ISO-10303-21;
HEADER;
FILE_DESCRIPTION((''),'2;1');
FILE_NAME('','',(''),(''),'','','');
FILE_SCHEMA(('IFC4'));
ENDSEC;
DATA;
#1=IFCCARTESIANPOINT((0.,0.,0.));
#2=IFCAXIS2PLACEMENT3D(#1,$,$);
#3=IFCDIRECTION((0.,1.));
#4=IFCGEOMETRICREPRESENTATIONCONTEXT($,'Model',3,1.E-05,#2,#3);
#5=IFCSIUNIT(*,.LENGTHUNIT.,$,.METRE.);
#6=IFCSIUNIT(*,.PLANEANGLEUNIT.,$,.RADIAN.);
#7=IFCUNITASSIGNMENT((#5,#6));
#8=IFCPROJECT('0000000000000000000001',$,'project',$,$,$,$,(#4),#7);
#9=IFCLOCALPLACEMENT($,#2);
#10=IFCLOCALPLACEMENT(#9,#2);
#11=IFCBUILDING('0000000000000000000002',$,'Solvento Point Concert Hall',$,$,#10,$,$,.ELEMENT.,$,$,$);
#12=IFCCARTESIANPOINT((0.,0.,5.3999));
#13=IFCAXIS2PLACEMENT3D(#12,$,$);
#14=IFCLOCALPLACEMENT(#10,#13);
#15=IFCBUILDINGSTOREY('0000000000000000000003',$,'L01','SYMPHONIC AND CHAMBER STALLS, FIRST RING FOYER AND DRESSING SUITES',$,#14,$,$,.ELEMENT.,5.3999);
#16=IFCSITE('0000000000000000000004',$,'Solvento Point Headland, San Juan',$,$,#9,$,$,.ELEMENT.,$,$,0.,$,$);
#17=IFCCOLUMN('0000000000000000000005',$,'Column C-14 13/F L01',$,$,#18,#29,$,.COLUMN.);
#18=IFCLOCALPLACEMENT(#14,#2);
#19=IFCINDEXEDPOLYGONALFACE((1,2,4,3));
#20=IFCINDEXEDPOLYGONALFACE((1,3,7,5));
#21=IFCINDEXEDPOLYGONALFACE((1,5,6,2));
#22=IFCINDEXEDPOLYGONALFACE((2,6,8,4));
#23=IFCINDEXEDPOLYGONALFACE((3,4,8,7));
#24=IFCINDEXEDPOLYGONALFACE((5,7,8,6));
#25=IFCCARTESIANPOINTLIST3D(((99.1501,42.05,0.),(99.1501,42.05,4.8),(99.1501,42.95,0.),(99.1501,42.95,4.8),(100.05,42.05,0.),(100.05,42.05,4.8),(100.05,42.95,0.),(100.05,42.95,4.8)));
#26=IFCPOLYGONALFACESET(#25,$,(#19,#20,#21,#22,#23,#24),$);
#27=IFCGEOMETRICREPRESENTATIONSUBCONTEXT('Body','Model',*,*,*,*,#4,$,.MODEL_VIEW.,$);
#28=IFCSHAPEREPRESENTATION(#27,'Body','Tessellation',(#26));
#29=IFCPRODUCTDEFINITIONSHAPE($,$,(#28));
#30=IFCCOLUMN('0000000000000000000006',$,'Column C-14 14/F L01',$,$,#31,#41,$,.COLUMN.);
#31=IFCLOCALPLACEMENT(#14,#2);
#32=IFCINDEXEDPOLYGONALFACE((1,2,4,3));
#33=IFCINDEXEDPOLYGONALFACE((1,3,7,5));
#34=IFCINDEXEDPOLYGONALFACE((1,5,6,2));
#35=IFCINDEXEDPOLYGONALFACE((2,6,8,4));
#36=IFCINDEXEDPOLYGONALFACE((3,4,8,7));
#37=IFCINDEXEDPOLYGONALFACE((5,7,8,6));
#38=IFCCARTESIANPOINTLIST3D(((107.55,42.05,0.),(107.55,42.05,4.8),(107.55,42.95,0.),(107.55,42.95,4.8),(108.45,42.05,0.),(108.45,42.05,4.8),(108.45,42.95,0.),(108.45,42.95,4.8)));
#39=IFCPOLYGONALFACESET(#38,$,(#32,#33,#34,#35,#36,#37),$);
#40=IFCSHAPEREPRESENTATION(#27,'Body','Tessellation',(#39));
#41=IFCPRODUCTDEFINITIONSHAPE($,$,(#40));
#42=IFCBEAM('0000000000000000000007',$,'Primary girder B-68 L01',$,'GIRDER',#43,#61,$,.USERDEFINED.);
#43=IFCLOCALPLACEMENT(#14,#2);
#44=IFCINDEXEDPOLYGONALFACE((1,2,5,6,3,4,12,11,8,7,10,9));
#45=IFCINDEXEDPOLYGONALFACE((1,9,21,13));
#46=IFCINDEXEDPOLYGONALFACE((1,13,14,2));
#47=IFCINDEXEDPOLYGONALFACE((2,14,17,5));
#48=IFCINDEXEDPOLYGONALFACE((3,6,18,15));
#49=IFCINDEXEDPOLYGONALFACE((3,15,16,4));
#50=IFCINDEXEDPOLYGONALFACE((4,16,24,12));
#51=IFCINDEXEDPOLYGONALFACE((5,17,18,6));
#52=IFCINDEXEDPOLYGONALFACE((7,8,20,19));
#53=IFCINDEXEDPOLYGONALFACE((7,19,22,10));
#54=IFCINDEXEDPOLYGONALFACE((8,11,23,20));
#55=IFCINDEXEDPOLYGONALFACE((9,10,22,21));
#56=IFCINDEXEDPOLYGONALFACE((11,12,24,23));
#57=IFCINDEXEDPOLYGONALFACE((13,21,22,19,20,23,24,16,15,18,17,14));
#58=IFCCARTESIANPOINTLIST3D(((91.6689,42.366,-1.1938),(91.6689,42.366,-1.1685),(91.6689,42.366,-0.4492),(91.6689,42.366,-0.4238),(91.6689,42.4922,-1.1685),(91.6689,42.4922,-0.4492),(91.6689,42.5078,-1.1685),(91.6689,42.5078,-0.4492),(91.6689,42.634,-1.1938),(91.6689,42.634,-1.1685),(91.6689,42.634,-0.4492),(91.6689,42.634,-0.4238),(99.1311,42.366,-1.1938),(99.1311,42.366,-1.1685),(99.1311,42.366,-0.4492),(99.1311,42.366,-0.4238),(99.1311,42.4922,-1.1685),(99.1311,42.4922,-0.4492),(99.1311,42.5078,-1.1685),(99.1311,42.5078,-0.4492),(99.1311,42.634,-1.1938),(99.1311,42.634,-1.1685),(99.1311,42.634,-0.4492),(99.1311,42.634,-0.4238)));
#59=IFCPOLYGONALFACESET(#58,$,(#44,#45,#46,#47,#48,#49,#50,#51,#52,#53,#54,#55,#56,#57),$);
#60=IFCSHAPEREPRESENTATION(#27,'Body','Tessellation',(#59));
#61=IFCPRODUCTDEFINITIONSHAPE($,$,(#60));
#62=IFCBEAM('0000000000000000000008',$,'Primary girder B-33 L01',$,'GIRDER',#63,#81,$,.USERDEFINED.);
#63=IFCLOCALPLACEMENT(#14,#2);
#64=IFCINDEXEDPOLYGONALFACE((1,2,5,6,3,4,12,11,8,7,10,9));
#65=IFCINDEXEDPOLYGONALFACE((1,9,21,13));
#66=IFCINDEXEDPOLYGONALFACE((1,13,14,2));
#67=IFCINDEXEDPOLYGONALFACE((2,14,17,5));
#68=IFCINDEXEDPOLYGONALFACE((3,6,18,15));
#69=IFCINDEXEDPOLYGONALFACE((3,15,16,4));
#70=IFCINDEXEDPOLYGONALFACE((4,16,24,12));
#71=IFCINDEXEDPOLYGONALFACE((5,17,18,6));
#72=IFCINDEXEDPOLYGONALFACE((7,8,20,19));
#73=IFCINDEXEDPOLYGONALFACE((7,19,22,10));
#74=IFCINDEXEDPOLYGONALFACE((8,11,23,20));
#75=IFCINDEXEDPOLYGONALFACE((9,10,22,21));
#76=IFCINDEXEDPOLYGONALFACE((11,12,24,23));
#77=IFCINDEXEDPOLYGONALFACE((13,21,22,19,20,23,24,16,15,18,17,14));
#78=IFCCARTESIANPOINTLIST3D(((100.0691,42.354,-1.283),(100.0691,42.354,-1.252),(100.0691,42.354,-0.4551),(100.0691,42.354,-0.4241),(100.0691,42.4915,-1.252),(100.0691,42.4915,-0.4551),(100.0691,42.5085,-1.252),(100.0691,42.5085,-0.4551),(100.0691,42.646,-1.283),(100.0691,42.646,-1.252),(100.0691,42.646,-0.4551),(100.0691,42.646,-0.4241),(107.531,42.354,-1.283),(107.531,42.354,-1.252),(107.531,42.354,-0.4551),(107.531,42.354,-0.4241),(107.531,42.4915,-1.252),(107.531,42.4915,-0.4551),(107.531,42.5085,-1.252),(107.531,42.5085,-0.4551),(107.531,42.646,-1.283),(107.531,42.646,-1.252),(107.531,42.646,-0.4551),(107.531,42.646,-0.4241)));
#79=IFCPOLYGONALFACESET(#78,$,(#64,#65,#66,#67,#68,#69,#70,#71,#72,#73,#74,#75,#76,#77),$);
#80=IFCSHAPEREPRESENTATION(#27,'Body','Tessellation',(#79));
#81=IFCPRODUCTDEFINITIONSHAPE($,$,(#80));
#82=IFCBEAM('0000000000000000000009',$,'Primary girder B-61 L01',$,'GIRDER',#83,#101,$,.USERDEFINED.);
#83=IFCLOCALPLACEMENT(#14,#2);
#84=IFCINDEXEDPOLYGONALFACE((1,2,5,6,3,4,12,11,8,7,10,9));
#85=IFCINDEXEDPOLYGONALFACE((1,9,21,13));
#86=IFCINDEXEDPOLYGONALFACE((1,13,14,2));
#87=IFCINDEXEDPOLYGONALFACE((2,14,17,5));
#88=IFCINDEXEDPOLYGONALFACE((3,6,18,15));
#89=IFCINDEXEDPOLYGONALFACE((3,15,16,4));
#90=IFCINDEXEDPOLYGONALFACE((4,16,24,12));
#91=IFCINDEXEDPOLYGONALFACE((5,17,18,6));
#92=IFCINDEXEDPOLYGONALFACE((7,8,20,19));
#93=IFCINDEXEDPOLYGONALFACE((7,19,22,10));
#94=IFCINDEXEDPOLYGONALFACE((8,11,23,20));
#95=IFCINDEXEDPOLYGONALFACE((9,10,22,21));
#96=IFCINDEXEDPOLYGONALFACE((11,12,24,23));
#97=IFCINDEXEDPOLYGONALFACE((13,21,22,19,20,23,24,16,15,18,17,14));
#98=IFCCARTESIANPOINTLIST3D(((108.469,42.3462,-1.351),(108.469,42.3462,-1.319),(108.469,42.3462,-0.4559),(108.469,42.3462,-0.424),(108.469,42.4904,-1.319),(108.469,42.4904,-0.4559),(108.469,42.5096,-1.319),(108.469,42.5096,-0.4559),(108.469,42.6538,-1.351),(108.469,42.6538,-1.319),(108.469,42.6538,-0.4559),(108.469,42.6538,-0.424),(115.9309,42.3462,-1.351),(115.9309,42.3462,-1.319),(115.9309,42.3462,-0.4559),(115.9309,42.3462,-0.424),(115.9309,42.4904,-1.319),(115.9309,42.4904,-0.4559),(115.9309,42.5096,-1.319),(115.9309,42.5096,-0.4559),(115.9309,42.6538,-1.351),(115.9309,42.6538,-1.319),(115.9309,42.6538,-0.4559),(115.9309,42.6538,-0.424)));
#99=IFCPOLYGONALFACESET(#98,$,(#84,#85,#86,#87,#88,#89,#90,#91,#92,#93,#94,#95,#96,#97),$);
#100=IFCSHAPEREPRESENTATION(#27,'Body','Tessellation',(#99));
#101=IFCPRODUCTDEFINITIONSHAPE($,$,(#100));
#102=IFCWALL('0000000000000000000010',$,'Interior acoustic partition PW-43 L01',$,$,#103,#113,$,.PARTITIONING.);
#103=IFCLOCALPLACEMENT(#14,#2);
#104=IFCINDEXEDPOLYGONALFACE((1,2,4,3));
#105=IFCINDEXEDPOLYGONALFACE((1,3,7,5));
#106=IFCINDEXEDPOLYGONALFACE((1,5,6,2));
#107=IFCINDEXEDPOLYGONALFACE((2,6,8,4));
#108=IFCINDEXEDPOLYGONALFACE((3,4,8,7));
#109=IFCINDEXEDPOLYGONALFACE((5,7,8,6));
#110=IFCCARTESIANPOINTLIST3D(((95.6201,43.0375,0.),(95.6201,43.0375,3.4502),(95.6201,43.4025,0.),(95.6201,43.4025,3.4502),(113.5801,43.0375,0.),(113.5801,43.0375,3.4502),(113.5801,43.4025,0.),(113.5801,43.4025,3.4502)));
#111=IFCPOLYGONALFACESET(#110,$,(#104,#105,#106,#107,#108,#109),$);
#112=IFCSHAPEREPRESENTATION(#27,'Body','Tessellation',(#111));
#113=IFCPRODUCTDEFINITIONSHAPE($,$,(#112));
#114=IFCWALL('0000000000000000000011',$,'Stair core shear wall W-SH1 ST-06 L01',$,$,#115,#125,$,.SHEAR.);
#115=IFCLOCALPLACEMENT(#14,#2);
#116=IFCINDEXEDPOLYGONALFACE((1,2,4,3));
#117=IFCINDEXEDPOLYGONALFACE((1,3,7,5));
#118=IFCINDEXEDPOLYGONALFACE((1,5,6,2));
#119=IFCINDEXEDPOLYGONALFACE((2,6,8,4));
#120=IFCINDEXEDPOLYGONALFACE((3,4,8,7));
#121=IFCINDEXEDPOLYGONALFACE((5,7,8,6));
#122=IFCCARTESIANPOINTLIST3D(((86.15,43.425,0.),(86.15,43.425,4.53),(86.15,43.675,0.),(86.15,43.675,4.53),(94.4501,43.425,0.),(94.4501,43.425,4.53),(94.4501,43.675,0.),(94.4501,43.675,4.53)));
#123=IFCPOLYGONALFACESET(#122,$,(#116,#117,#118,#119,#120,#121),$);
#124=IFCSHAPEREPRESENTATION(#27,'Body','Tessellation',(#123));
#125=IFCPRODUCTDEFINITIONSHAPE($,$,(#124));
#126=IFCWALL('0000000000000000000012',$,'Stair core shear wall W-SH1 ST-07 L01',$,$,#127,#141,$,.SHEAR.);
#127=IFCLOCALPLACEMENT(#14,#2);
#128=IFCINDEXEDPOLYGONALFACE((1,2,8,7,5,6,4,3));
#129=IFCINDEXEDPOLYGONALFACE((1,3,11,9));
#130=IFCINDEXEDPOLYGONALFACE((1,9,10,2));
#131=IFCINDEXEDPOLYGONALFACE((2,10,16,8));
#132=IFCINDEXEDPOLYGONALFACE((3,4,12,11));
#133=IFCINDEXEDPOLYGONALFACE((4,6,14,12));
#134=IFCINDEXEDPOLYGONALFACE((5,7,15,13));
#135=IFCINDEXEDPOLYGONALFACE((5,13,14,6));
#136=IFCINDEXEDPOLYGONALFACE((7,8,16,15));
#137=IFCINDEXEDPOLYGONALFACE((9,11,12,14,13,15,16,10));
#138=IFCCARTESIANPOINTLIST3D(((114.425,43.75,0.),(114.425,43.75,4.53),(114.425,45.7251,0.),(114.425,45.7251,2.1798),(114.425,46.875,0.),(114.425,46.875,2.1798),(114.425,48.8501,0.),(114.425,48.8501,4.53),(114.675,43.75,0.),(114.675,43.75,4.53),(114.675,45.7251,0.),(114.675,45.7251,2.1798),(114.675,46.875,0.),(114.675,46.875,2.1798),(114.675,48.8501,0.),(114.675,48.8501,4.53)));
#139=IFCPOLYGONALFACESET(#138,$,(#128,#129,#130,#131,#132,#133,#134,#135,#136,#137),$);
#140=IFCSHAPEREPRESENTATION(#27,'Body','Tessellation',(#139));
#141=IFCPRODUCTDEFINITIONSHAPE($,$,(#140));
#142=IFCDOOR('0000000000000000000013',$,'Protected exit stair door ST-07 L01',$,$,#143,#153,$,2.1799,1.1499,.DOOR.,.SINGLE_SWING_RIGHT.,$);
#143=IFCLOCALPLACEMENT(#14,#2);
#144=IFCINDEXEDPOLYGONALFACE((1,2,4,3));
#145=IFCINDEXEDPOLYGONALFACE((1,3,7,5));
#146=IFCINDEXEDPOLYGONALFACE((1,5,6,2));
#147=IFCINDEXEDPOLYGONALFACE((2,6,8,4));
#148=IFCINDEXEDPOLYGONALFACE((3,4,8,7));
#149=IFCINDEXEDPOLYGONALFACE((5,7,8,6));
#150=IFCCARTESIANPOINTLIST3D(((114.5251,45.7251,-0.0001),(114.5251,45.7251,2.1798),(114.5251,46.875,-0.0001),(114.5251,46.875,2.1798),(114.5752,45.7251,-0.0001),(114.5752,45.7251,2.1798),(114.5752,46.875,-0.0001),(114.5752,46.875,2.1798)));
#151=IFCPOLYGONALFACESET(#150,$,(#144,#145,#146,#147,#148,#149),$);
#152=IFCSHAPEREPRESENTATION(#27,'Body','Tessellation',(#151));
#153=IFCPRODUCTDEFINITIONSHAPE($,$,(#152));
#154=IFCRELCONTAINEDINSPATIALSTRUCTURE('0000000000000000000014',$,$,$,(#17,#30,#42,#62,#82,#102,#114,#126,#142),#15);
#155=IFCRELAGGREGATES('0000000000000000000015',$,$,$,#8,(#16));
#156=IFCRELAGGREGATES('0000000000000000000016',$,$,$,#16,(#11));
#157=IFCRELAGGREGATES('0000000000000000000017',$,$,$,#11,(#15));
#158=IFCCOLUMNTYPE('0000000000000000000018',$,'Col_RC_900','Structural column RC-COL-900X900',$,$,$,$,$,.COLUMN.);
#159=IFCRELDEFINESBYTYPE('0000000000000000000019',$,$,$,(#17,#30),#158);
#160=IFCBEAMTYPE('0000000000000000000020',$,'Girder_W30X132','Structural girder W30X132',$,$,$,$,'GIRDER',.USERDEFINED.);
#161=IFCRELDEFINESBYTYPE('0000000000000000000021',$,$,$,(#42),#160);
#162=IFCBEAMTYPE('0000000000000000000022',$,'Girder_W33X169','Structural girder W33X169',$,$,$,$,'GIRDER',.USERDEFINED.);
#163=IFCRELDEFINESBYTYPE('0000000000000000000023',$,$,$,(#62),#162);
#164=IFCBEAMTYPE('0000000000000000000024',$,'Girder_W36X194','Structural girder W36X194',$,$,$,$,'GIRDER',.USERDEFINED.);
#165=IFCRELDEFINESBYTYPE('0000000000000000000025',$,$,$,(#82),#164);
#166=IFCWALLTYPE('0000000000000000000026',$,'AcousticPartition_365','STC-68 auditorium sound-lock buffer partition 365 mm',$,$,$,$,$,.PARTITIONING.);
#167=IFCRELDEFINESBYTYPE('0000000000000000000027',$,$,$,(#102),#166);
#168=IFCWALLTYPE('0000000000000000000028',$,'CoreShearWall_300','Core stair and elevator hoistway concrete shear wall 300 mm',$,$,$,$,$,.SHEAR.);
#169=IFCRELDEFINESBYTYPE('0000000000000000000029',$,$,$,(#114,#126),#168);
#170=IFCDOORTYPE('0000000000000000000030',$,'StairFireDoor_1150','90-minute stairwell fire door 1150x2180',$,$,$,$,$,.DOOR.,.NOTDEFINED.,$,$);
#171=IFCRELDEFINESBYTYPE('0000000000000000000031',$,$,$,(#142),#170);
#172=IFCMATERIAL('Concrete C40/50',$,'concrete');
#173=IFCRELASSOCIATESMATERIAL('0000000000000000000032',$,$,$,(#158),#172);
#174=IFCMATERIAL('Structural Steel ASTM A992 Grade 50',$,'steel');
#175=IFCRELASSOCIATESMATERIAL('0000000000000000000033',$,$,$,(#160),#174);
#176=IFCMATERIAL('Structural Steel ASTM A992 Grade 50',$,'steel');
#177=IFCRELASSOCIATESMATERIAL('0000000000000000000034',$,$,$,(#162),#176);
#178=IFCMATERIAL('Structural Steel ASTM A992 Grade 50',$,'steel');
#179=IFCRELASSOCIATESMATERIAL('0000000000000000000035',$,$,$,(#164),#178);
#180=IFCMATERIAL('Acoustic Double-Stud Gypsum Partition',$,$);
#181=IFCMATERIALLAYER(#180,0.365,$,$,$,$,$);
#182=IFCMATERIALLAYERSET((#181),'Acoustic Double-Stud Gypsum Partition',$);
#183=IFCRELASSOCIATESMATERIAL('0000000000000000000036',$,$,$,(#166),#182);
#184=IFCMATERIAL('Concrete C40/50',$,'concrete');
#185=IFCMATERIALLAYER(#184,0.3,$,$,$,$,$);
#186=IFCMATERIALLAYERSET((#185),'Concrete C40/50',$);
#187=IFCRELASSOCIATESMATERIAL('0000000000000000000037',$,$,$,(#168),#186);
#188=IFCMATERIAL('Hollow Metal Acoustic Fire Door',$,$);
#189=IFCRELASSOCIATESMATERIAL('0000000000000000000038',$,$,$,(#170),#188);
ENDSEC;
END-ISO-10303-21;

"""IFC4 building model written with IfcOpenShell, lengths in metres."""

from ifc_helpers import new_model, si_unit, direction, frame, frame_2d, origin, origin_2d, place, context, subcontext, project, spatial, rectangle, i_section, extrude, material, layer, layer_set, material_profile, profile_set, type_object, element, fill, save


model = new_model("IFC4")

# Units and contexts
model_context = context("Model", 3, precision=1e-05, world=origin(), true_north=direction((0.0, 1.0)))
body_context = subcontext(model_context, "Body", "Model", "MODEL_VIEW")
ifc_project = project(units=[si_unit("LENGTHUNIT", "METRE"), si_unit("PLANEANGLEUNIT", "RADIAN")], contexts=[model_context])

# Site, building, storey
site_placement = place(None, origin())
site = spatial("IfcSite", under=ifc_project, at=site_placement, Name="Solvento Point Headland, San Juan", CompositionType="ELEMENT", RefElevation=0.0)
building_placement = place(site_placement, origin())
building = spatial("IfcBuilding", under=site, at=building_placement, Name="Solvento Point Concert Hall", CompositionType="ELEMENT")
storey_placement = place(building_placement, frame((0.0, 0.0, 5.3999)))
storey = spatial("IfcBuildingStorey", under=building, at=storey_placement, Name="L01", Description="SYMPHONIC AND CHAMBER STALLS, FIRST RING FOYER AND DRESSING SUITES", CompositionType="ELEMENT", Elevation=5.3999)

# Columns
ifc_material_1 = material(Name="Concrete C40/50", Category="concrete")
ifc_material_profile_1 = material_profile(ifc_material_1, rectangle(XDim=0.8999, YDim=0.8999, at=origin_2d()), Name="RC-COL-900X900")
ifc_profile_set_1 = profile_set([ifc_material_profile_1], Name="Concrete C40/50")
column_type = type_object("IfcColumnType", Name="Col_RC_900", Description="Structural column RC-COL-900X900", PredefinedType="COLUMN", material=ifc_profile_set_1)
for number, where, z_axis, x_axis, name in (
    (1, (99.6001, 42.5, 0.0), (0.0, 0.0, 1.0), (1.0, 0.0, 0.0), "Column C-14 13/F L01"),
    (2, (108.0, 42.5, 0.0), (0.0, 0.0, 1.0), (1.0, 0.0, 0.0), "Column C-14 14/F L01"),
):
    element("IfcColumn", number, at=place(storey_placement, frame(where, z_axis=z_axis, x_axis=x_axis)), inside=storey, type_object=column_type, Name=name, PredefinedType="COLUMN", context=body_context, shape_type="SweptSolid", body=[
        extrude(rectangle(XDim=0.8999, YDim=0.8999, at=origin_2d()), origin(), (0.0, 0.0, 1.0), 4.8),
    ])

# Beams
ifc_material_2 = material(Name="Structural Steel ASTM A992 Grade 50", Category="steel")
ifc_material_profile_2 = material_profile(ifc_material_2, i_section(OverallWidth=0.2681, OverallDepth=0.77, WebThickness=0.0156, FlangeThickness=0.0254, at=origin_2d()), Name="W30X132")
ifc_profile_set_2 = profile_set([ifc_material_profile_2], Name="Structural Steel ASTM A992 Grade 50")
beam_type_1 = type_object("IfcBeamType", Name="Girder_W30X132", Description="Structural girder W30X132", ElementType="GIRDER", PredefinedType="USERDEFINED", material=ifc_profile_set_2)
beam_1_placement = place(storey_placement, frame((91.6689, 42.5, -0.8088), z_axis=(1.0, 0.0, 0.0), x_axis=(0.0, 1.0, 0.0)))
element("IfcBeam", 3, at=beam_1_placement, inside=storey, type_object=beam_type_1, Name="Primary girder B-68 L01", ObjectType="GIRDER", PredefinedType="USERDEFINED", context=body_context, shape_type="SweptSolid", body=[
    extrude(i_section(OverallWidth=0.2681, OverallDepth=0.77, WebThickness=0.0156, FlangeThickness=0.0254, at=origin_2d()), origin(), (0.0, 0.0, 1.0), 7.4622),
])
ifc_material_3 = material(Name="Structural Steel ASTM A992 Grade 50", Category="steel")
ifc_material_profile_3 = material_profile(ifc_material_3, i_section(OverallWidth=0.292, OverallDepth=0.8589, WebThickness=0.0171, FlangeThickness=0.031, at=origin_2d()), Name="W33X169")
ifc_profile_set_3 = profile_set([ifc_material_profile_3], Name="Structural Steel ASTM A992 Grade 50")
beam_type_2 = type_object("IfcBeamType", Name="Girder_W33X169", Description="Structural girder W33X169", ElementType="GIRDER", PredefinedType="USERDEFINED", material=ifc_profile_set_3)
beam_2_placement = place(storey_placement, frame((100.0691, 42.5, -0.8535), z_axis=(1.0, 0.0, 0.0), x_axis=(0.0, 1.0, 0.0)))
element("IfcBeam", 4, at=beam_2_placement, inside=storey, type_object=beam_type_2, Name="Primary girder B-33 L01", ObjectType="GIRDER", PredefinedType="USERDEFINED", context=body_context, shape_type="SweptSolid", body=[
    extrude(i_section(OverallWidth=0.292, OverallDepth=0.8589, WebThickness=0.0171, FlangeThickness=0.031, at=origin_2d()), origin(), (0.0, 0.0, 1.0), 7.4619),
])
ifc_material_4 = material(Name="Structural Steel ASTM A992 Grade 50", Category="steel")
ifc_material_profile_4 = material_profile(ifc_material_4, i_section(OverallWidth=0.3076, OverallDepth=0.927, WebThickness=0.0193, FlangeThickness=0.032, at=origin_2d()), Name="W36X194")
ifc_profile_set_4 = profile_set([ifc_material_profile_4], Name="Structural Steel ASTM A992 Grade 50")
beam_type_3 = type_object("IfcBeamType", Name="Girder_W36X194", Description="Structural girder W36X194", ElementType="GIRDER", PredefinedType="USERDEFINED", material=ifc_profile_set_4)
beam_3_placement = place(storey_placement, frame((108.469, 42.5, -0.8875), z_axis=(1.0, 0.0, 0.0), x_axis=(0.0, 1.0, 0.0)))
element("IfcBeam", 5, at=beam_3_placement, inside=storey, type_object=beam_type_3, Name="Primary girder B-61 L01", ObjectType="GIRDER", PredefinedType="USERDEFINED", context=body_context, shape_type="SweptSolid", body=[
    extrude(i_section(OverallWidth=0.3076, OverallDepth=0.927, WebThickness=0.0193, FlangeThickness=0.032, at=origin_2d()), origin(), (0.0, 0.0, 1.0), 7.4619),
])

# Walls
ifc_material_5 = material(Name="Acoustic Double-Stud Gypsum Partition")
ifc_layer_1 = layer(ifc_material_5, 0.365)
ifc_layer_set_1 = layer_set([ifc_layer_1], Name="Acoustic Double-Stud Gypsum Partition")
wall_type_1 = type_object("IfcWallType", Name="AcousticPartition_365", Description="STC-68 auditorium sound-lock buffer partition 365 mm", PredefinedType="PARTITIONING", material=ifc_layer_set_1)
wall_1_placement = place(storey_placement, frame((113.5801, 43.22, 0.0), z_axis=(0.0, 0.0, 1.0), x_axis=(-1.0, 0.0, 0.0)))
element("IfcWall", 6, at=wall_1_placement, inside=storey, type_object=wall_type_1, Name="Interior acoustic partition PW-43 L01", PredefinedType="PARTITIONING", context=body_context, shape_type="SweptSolid", body=[
    extrude(rectangle(XDim=17.96, YDim=0.365, at=frame_2d((8.98, 0.0))), origin(), (0.0, 0.0, 1.0), 3.4502),
])
ifc_material_6 = material(Name="Concrete C40/50", Category="concrete")
ifc_layer_2 = layer(ifc_material_6, 0.3)
ifc_layer_set_2 = layer_set([ifc_layer_2], Name="Concrete C40/50")
wall_type_2 = type_object("IfcWallType", Name="CoreShearWall_300", Description="Core stair and elevator hoistway concrete shear wall 300 mm", PredefinedType="SHEAR", material=ifc_layer_set_2)
wall_2_placement = place(storey_placement, frame((94.45, 43.55, 0.0), z_axis=(0.0, 0.0, 1.0), x_axis=(-1.0, 0.0, 0.0)))
element("IfcWall", 7, at=wall_2_placement, inside=storey, type_object=wall_type_2, Name="Stair core shear wall W-SH1 ST-06 L01", PredefinedType="SHEAR", context=body_context, shape_type="SweptSolid", body=[
    extrude(rectangle(XDim=8.3, YDim=0.25, at=frame_2d((4.1499, 0.0))), origin(), (0.0, 0.0, 1.0), 4.53),
])

# Wall, opening, door
wall_3_placement = place(storey_placement, frame((114.55, 43.75, 0.0), z_axis=(0.0, 0.0, 1.0), x_axis=(0.0, 1.0, 0.0)))
wall_3 = element("IfcWall", 8, at=wall_3_placement, inside=storey, type_object=wall_type_2, Name="Stair core shear wall W-SH1 ST-07 L01", PredefinedType="SHEAR", context=body_context, shape_type="SweptSolid", body=[
    extrude(rectangle(XDim=5.1001, YDim=0.25, at=frame_2d((2.55, 0.0))), origin(), (0.0, 0.0, 1.0), 4.53),
])
opening_1_placement = place(wall_3_placement, frame((1.9751, 0.0, 0.0)))
opening_1 = element("IfcOpeningElement", 9, at=opening_1_placement, cuts=wall_3, PredefinedType="OPENING", context=body_context, shape_type="SweptSolid", body=[
    extrude(rectangle(XDim=1.1499, YDim=2.1799, at=frame_2d((0.575, 1.0898))), frame((0.0, 0.135, 0.0), z_axis=(0.0, -1.0, 0.0), x_axis=(1.0, 0.0, 0.0)), (0.0, 0.0, 1.0), 0.27),
])
ifc_material_7 = material(Name="Hollow Metal Acoustic Fire Door")
door_type = type_object("IfcDoorType", Name="StairFireDoor_1150", Description="90-minute stairwell fire door 1150x2180", OperationType="NOTDEFINED", PredefinedType="DOOR", material=ifc_material_7)
door_placement = place(opening_1_placement, origin())
door = element("IfcDoor", 10, at=door_placement, inside=storey, type_object=door_type, Name="Protected exit stair door ST-07 L01", OperationType="SINGLE_SWING_RIGHT", OverallHeight=2.1799, OverallWidth=1.1499, PredefinedType="DOOR", context=body_context, shape_type="SweptSolid", body=[
    extrude(rectangle(XDim=1.1499, YDim=2.1799, at=frame_2d((0.575, 1.0898))), frame((0.0, 0.0249, 0.0), z_axis=(0.0, -1.0, 0.0), x_axis=(1.0, 0.0, 0.0)), (0.0, 0.0, 1.0), 0.05),
])
fill(opening_1, door)

save(model, "model.ifc")
